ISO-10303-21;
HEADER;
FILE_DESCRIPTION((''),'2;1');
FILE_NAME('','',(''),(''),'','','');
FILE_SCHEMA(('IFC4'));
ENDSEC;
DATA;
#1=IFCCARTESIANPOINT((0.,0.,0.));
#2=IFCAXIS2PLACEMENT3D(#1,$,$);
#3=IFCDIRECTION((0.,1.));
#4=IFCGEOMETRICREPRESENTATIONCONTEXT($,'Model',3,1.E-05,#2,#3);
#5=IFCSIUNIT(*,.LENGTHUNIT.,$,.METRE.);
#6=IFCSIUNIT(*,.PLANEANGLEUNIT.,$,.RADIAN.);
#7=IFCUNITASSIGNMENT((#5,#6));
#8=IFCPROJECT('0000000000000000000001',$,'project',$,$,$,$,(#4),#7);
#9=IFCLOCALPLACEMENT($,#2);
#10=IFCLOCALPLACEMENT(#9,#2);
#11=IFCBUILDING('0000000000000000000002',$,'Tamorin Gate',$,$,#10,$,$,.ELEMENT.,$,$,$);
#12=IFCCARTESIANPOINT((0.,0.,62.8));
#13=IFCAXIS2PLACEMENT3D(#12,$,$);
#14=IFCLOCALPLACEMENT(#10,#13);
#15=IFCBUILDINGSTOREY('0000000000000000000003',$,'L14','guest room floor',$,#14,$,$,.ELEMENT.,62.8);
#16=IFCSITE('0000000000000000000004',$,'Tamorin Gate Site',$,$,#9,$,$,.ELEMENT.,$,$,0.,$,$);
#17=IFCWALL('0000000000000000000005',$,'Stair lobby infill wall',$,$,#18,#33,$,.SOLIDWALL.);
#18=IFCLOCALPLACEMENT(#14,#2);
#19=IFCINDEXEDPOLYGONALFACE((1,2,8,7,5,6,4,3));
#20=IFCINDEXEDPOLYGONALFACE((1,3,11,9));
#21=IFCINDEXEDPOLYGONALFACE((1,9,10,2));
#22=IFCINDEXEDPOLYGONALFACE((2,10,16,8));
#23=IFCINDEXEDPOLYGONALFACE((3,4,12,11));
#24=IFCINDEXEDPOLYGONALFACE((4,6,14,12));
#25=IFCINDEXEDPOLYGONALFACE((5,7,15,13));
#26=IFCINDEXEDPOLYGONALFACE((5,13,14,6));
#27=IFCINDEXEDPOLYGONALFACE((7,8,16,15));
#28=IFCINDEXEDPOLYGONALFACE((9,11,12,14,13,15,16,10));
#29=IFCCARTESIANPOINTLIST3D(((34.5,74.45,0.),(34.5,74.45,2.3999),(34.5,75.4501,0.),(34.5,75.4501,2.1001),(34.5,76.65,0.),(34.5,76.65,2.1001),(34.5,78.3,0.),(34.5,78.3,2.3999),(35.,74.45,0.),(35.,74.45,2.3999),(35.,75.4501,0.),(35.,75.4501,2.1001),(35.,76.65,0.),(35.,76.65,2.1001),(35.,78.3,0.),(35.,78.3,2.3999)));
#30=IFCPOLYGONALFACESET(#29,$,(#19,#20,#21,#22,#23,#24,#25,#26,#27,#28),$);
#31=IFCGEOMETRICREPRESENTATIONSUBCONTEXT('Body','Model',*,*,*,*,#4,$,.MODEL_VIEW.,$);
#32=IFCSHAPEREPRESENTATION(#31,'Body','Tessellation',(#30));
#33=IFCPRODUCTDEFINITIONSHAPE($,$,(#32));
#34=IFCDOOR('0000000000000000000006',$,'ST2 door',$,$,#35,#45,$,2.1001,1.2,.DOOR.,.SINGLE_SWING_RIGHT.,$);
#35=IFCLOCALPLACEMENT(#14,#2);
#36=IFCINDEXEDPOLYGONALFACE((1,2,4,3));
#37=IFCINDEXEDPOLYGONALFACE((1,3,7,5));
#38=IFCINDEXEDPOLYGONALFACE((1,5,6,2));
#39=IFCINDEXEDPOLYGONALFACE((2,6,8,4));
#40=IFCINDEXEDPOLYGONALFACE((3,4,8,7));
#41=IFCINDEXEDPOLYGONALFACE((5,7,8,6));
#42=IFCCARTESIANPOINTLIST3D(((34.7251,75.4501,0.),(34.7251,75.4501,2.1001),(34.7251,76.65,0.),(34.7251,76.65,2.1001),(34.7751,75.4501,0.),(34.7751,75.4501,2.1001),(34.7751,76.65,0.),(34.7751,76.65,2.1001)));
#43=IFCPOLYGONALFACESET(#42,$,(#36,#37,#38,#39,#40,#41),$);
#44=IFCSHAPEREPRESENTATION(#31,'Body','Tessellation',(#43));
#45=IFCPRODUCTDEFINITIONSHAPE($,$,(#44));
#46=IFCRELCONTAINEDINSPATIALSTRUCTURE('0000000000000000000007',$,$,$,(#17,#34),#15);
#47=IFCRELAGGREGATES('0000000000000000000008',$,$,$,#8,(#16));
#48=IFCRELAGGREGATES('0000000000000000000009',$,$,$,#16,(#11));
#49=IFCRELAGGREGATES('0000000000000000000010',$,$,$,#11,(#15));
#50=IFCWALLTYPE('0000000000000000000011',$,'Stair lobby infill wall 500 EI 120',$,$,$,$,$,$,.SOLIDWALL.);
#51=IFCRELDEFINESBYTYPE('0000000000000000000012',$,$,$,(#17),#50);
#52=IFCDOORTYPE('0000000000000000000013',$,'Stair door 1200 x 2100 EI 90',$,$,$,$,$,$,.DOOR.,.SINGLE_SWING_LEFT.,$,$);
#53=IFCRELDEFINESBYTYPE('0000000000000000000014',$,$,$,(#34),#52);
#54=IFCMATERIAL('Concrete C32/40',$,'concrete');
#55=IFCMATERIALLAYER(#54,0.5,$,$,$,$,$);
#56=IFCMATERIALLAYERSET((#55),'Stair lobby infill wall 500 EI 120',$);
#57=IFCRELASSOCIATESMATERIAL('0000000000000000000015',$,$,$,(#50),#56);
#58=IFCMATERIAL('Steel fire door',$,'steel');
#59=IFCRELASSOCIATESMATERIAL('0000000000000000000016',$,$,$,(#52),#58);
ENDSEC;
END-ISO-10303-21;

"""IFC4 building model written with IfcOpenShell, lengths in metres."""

from ifc_helpers import new_model, si_unit, direction, frame, frame_2d, origin, place, context, subcontext, project, spatial, rectangle, extrude, material, layer, layer_set, type_object, element, fill, save


model = new_model("IFC4")

# Units and contexts
model_context = context("Model", 3, precision=1e-05, world=origin(), true_north=direction((0.0, 1.0)))
body_context = subcontext(model_context, "Body", "Model", "MODEL_VIEW")
ifc_project = project(units=[si_unit("LENGTHUNIT", "METRE"), si_unit("PLANEANGLEUNIT", "RADIAN")], contexts=[model_context])

# Site, building, storey
site_placement = place(None, origin())
site = spatial("IfcSite", under=ifc_project, at=site_placement, Name="Tamorin Gate Site", CompositionType="ELEMENT", RefElevation=0.0)
building_placement = place(site_placement, origin())
building = spatial("IfcBuilding", under=site, at=building_placement, Name="Tamorin Gate", CompositionType="ELEMENT")
storey_placement = place(building_placement, frame((0.0, 0.0, 62.8)))
storey = spatial("IfcBuildingStorey", under=building, at=storey_placement, Name="L14", Description="guest room floor", CompositionType="ELEMENT", Elevation=62.8)

# Wall, opening, door
ifc_material_1 = material(Name="Steel fire door", Category="steel")
ifc_material_2 = material(Name="Concrete C32/40", Category="concrete")
ifc_layer_1 = layer(ifc_material_2, 0.5)
ifc_layer_set_1 = layer_set([ifc_layer_1], Name="Stair lobby infill wall 500 EI 120")
wall_type_1 = type_object("IfcWallType", Name="Stair lobby infill wall 500 EI 120", PredefinedType="SOLIDWALL", material=ifc_layer_set_1)
wall_1_placement = place(storey_placement, frame((34.75, 74.45, 0.0), z_axis=(0.0, 0.0, 1.0), x_axis=(0.0, 1.0, 0.0)))
wall_1 = element("IfcWall", 1, at=wall_1_placement, inside=storey, type_object=wall_type_1, Name="Stair lobby infill wall", PredefinedType="SOLIDWALL", context=body_context, shape_type="SweptSolid", body=[
    extrude(rectangle(XDim=3.8501, YDim=0.5, at=frame_2d((1.925, 0.0))), origin(), (0.0, 0.0, 1.0), 2.3999),
])
opening_1_placement = place(wall_1_placement, frame((1.0, 0.0, 0.0)))
opening_1 = element("IfcOpeningElement", 2, at=opening_1_placement, cuts=wall_1, PredefinedType="OPENING", context=body_context, shape_type="SweptSolid", body=[
    extrude(rectangle(XDim=1.2, YDim=2.1001, at=frame_2d((0.6001, 1.05))), frame((0.0, 0.26, 0.0), z_axis=(0.0, -1.0, 0.0), x_axis=(1.0, 0.0, 0.0)), (0.0, 0.0, 1.0), 0.52),
])
door_type_1 = type_object("IfcDoorType", Name="Stair door 1200 x 2100 EI 90", OperationType="SINGLE_SWING_LEFT", PredefinedType="DOOR", material=ifc_material_1)
door_1_placement = place(opening_1_placement, origin())
door_1 = element("IfcDoor", 3, at=door_1_placement, inside=storey, type_object=door_type_1, Name="ST2 door", OperationType="SINGLE_SWING_RIGHT", OverallHeight=2.1001, OverallWidth=1.2, PredefinedType="DOOR", context=body_context, shape_type="SweptSolid", body=[
    extrude(rectangle(XDim=1.2, YDim=2.1001, at=frame_2d((0.6001, 1.05))), frame((0.0, 0.0249, 0.0), z_axis=(0.0, -1.0, 0.0), x_axis=(1.0, 0.0, 0.0)), (0.0, 0.0, 1.0), 0.05),
])
fill(opening_1, door_1)

save(model, "model.ifc")
